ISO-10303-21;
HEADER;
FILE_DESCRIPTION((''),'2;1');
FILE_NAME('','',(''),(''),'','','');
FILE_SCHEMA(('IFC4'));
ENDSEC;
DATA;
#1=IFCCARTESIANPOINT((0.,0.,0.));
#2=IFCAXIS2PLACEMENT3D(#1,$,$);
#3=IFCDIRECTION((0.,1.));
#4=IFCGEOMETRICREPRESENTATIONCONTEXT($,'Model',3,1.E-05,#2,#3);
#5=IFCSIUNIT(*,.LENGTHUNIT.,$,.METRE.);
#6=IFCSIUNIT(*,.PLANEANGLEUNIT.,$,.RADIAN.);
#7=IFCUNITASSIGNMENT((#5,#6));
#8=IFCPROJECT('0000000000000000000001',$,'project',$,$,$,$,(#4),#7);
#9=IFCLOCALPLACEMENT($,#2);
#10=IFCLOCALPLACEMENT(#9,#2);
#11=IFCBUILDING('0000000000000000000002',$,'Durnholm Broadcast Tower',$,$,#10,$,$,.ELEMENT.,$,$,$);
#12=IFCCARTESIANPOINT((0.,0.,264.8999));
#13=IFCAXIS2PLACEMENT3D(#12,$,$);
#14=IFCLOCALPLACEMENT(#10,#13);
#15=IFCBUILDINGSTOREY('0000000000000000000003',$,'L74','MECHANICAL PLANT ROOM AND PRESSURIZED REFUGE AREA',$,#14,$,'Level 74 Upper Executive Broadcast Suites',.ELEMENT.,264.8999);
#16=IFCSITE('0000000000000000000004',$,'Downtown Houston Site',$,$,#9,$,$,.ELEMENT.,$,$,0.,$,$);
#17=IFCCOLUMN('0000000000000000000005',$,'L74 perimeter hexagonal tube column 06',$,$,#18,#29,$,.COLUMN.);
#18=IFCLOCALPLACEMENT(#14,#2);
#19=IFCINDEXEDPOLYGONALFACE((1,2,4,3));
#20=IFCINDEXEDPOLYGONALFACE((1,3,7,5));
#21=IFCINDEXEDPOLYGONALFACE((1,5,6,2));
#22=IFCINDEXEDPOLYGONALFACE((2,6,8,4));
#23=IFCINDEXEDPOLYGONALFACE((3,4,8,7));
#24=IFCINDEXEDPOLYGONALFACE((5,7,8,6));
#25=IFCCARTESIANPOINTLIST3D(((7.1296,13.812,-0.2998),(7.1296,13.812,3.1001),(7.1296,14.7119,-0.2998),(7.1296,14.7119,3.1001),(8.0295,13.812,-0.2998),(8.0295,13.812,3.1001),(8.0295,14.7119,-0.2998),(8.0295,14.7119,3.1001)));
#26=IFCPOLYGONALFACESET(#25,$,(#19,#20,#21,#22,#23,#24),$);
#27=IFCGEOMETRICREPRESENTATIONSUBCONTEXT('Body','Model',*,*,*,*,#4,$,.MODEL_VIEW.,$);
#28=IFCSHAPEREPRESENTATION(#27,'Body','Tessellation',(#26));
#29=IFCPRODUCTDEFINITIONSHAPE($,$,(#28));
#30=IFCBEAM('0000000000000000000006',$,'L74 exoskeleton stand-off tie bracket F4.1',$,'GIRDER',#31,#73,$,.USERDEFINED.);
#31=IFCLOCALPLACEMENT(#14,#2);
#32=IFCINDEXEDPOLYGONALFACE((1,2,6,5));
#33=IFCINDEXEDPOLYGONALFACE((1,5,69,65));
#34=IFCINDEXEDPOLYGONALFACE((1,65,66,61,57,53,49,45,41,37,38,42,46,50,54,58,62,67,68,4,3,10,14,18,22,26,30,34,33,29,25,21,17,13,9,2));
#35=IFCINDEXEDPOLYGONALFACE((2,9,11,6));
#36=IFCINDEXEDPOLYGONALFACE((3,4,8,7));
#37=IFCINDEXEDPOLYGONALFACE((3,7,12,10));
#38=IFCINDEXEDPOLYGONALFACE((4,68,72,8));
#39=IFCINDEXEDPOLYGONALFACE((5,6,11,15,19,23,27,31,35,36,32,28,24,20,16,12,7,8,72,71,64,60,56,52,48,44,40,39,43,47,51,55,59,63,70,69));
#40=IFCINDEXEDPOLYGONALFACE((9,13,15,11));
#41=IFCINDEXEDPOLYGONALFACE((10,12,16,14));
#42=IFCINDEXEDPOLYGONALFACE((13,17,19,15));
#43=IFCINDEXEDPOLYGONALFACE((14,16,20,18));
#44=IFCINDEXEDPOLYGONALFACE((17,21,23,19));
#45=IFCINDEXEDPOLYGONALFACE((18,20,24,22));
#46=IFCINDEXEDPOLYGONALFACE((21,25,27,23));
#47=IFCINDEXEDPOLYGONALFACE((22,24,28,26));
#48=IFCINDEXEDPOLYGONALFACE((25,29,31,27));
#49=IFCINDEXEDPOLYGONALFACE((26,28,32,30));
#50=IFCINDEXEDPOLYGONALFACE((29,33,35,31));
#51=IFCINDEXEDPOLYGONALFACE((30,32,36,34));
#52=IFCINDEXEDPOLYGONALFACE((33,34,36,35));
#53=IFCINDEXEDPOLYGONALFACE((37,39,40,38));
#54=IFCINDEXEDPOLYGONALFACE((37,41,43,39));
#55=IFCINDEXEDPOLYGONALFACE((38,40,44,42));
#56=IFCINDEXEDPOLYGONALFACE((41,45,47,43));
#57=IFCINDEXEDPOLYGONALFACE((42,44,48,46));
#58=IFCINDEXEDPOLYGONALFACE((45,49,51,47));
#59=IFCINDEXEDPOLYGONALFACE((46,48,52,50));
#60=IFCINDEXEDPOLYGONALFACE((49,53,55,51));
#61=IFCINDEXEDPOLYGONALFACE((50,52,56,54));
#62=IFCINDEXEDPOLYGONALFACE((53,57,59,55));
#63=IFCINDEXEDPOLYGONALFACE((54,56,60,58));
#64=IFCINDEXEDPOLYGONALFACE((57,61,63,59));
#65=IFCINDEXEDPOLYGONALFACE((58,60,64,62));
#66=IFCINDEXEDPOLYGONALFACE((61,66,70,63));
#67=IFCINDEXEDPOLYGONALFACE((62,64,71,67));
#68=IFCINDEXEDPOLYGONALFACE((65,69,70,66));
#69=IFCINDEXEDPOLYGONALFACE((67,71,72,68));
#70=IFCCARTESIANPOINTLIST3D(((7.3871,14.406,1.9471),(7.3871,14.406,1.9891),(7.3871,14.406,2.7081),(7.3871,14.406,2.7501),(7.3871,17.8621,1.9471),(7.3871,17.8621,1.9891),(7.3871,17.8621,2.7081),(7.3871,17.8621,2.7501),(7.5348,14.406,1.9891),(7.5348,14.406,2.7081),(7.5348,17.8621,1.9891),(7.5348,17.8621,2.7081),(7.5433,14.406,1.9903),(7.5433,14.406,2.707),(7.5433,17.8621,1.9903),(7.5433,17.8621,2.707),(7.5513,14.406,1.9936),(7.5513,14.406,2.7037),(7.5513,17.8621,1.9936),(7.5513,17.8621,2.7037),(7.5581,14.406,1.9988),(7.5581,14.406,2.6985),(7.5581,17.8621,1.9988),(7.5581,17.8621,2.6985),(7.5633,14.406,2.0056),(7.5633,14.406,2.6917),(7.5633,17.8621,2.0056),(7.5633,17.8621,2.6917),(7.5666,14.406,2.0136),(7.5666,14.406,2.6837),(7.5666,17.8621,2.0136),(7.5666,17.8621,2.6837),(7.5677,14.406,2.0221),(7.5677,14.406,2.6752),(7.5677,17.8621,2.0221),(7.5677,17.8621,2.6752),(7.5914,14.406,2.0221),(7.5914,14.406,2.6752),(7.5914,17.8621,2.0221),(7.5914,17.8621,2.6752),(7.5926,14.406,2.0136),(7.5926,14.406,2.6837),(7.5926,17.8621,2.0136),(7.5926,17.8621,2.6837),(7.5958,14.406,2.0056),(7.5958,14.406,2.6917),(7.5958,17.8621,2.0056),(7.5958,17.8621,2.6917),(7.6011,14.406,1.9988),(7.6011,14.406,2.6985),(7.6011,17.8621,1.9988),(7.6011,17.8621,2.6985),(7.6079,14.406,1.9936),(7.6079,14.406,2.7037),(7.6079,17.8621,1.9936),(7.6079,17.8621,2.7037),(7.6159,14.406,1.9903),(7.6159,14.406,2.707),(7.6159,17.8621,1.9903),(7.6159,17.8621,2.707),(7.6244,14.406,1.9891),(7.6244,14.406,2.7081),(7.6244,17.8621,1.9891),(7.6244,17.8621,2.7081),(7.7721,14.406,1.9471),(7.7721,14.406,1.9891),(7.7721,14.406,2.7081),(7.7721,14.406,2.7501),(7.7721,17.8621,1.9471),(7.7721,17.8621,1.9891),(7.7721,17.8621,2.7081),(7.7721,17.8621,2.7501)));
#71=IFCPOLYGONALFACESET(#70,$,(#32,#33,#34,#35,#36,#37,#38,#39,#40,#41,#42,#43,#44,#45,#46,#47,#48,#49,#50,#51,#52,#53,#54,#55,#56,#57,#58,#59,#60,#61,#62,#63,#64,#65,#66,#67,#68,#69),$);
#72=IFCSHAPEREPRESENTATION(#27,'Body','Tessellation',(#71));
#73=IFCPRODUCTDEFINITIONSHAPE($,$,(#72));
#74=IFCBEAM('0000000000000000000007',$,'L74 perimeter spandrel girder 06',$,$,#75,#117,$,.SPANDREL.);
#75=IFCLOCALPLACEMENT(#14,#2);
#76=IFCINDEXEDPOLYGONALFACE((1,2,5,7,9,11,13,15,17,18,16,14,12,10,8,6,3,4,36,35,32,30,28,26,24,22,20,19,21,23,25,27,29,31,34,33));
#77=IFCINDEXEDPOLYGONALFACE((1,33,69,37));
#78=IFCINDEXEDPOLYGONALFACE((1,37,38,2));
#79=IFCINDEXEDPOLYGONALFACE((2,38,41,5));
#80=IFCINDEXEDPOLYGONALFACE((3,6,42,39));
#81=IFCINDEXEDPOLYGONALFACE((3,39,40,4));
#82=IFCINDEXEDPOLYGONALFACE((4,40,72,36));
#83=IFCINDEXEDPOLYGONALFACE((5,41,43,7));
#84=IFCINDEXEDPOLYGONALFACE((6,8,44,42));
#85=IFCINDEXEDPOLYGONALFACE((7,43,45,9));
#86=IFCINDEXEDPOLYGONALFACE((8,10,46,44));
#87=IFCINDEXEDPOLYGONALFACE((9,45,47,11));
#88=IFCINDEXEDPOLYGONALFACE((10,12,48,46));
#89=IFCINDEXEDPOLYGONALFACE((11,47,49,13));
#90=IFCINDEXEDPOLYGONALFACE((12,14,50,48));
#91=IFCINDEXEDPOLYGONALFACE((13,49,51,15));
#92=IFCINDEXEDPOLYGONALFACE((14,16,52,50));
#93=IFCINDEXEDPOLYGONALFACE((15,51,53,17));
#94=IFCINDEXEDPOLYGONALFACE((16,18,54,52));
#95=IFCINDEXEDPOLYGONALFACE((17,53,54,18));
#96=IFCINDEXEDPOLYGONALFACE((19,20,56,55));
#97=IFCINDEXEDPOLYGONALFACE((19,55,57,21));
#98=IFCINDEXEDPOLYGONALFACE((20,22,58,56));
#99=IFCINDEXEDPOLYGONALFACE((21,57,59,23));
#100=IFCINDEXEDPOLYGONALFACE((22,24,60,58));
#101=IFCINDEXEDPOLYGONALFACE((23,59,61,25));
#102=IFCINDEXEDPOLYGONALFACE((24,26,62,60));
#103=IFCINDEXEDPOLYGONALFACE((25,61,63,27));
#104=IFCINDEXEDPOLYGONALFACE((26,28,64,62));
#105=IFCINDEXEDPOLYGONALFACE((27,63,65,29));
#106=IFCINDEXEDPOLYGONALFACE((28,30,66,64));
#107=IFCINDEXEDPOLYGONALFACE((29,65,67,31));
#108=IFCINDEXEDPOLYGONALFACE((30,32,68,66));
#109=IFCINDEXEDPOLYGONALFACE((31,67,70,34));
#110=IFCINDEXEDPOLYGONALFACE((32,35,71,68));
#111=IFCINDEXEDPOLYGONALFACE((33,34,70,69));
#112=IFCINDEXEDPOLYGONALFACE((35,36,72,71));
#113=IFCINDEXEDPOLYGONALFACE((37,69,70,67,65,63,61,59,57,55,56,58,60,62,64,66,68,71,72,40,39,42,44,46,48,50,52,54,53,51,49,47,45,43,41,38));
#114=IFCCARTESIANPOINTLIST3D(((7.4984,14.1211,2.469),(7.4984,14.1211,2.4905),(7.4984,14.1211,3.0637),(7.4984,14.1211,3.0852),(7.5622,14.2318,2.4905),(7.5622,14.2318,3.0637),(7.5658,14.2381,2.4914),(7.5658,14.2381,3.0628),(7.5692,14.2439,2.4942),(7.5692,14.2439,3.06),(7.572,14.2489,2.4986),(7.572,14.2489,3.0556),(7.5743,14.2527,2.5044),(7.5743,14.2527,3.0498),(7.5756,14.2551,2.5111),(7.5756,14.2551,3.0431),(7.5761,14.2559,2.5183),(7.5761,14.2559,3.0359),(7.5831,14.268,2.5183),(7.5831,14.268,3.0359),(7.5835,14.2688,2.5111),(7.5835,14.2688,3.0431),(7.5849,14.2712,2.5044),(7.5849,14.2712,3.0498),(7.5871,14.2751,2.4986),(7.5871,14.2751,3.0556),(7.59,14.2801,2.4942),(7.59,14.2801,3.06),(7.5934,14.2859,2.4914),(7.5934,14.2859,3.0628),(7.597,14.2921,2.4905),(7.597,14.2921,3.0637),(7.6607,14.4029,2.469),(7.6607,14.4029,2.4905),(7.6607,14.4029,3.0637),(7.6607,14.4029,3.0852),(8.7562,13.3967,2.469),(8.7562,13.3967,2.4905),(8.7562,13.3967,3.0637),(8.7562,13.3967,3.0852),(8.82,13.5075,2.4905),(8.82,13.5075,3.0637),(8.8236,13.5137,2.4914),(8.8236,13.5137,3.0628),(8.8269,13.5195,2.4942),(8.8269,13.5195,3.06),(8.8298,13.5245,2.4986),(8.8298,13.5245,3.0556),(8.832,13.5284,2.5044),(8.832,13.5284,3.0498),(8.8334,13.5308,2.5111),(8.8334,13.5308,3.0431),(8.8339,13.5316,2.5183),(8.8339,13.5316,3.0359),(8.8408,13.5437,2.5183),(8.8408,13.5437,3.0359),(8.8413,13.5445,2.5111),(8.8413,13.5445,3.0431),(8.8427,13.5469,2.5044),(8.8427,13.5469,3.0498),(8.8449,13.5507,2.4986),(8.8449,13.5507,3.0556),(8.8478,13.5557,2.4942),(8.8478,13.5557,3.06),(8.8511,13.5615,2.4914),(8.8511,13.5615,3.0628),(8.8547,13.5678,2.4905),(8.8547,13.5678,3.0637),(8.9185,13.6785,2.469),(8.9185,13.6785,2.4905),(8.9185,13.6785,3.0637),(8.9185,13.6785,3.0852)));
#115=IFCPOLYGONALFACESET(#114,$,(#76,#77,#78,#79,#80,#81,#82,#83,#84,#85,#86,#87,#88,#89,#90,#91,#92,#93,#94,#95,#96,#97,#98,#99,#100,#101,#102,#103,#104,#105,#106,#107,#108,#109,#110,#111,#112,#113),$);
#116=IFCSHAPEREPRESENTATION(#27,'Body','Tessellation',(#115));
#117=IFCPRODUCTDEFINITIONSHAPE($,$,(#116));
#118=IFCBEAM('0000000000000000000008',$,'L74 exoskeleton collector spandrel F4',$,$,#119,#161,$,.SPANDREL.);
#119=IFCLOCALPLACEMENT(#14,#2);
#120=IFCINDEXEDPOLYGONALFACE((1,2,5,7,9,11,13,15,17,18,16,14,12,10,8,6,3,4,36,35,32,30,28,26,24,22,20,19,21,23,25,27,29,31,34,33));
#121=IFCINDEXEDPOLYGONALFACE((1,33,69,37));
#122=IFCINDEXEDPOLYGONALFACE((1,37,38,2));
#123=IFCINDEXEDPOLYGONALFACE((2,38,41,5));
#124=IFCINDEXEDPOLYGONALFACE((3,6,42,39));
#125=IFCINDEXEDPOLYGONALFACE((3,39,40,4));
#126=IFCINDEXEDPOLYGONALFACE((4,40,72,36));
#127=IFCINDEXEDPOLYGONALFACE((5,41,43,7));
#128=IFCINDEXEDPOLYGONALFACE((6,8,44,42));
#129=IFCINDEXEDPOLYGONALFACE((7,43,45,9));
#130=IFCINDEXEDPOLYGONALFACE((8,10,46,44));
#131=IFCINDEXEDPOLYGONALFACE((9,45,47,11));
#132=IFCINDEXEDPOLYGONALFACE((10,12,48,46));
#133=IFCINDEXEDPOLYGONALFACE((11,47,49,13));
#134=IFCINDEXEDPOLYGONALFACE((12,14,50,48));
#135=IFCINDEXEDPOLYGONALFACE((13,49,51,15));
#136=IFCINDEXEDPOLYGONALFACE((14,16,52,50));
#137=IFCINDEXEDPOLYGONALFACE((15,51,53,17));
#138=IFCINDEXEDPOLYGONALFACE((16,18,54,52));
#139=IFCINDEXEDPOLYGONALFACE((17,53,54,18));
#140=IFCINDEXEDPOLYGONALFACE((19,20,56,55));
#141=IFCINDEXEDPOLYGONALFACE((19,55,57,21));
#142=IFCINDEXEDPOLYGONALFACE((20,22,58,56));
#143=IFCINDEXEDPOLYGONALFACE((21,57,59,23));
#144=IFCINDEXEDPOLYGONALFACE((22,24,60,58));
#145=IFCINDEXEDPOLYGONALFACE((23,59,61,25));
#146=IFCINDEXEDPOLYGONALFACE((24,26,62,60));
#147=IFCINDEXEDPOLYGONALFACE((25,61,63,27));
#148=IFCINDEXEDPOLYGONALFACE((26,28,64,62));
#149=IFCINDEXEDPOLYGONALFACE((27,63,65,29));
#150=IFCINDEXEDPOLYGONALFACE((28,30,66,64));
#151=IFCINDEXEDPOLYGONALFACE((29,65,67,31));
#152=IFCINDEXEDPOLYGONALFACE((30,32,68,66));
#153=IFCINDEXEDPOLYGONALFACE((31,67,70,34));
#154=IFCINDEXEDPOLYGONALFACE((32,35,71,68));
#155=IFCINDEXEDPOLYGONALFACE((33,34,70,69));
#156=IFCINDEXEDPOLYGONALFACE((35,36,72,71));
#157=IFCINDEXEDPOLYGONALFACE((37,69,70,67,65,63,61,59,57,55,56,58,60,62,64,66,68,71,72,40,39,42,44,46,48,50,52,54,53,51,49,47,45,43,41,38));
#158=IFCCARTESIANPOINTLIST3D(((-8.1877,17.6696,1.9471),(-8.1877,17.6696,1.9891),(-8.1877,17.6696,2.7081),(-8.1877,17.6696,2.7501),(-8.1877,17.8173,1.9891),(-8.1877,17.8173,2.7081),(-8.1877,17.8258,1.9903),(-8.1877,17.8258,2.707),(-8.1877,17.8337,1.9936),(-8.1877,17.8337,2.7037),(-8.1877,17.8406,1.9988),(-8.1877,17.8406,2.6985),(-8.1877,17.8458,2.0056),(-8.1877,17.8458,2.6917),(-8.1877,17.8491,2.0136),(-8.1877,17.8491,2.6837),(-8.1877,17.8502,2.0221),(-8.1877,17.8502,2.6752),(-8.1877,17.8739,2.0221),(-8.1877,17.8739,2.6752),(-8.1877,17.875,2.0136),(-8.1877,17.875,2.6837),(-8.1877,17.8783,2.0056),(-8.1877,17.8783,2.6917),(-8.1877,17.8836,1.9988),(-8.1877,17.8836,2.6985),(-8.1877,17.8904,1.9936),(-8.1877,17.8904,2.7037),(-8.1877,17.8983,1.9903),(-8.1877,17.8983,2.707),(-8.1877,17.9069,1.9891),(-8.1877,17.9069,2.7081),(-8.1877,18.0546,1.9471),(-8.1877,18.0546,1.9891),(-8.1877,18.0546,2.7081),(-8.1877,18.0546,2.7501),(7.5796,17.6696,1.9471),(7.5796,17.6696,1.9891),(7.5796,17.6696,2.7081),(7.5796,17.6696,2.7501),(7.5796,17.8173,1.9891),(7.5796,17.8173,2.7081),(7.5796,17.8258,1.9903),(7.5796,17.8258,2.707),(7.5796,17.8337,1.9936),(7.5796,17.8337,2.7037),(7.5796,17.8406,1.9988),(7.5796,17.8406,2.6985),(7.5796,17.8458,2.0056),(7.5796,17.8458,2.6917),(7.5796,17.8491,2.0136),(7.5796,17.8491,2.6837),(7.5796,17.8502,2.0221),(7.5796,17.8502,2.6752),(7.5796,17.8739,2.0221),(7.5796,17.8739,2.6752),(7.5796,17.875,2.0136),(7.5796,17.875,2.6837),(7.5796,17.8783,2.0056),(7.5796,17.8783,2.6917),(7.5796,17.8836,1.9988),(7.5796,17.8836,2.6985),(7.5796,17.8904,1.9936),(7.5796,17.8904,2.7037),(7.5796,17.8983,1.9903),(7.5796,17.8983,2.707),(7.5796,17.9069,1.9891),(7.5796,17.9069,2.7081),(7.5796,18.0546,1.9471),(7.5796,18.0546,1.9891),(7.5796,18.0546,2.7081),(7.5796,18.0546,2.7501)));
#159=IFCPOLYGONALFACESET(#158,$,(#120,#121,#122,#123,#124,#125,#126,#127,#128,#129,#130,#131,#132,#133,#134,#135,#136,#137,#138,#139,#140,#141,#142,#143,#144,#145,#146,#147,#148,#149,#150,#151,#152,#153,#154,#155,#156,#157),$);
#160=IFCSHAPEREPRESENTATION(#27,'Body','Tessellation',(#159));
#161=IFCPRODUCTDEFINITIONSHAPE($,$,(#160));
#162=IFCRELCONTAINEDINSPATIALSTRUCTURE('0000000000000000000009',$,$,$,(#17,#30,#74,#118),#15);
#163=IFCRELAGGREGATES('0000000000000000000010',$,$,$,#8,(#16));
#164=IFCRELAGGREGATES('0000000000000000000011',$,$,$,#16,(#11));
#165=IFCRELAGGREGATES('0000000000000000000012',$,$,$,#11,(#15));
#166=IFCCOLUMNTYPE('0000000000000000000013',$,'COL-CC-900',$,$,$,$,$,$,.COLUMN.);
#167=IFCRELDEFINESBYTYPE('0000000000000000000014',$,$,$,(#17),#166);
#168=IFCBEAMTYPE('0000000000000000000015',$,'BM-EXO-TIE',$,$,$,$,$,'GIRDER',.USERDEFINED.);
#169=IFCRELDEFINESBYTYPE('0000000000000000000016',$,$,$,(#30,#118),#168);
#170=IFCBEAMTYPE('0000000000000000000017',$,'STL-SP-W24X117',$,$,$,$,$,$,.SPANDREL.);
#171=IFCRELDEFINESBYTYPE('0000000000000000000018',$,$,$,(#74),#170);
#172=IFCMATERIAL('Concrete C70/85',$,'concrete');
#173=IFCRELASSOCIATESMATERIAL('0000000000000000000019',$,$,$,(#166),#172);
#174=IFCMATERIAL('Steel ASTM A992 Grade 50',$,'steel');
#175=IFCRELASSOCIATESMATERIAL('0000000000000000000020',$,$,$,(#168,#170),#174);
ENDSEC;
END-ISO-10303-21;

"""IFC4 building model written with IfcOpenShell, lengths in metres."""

from ifc_helpers import new_model, si_unit, direction, frame, origin, origin_2d, place, context, subcontext, project, spatial, rectangle, i_section, extrude, source, transform, mapped, material, material_profile, profile_set, type_object, type_shapes, element, save


model = new_model("IFC4")

# Units and contexts
model_context = context("Model", 3, precision=1e-05, world=origin(), true_north=direction((0.0, 1.0)))
body_context = subcontext(model_context, "Body", "Model", "MODEL_VIEW")
ifc_project = project(units=[si_unit("LENGTHUNIT", "METRE"), si_unit("PLANEANGLEUNIT", "RADIAN")], contexts=[model_context])

# Site, building, storey
site_placement = place(None, origin())
site = spatial("IfcSite", under=ifc_project, at=site_placement, Name="Downtown Houston Site", CompositionType="ELEMENT", RefElevation=0.0)
building_placement = place(site_placement, origin())
building = spatial("IfcBuilding", under=site, at=building_placement, Name="Durnholm Broadcast Tower", CompositionType="ELEMENT")
storey_placement = place(building_placement, frame((0.0, 0.0, 264.8999)))
storey = spatial("IfcBuildingStorey", under=building, at=storey_placement, Name="L74", Description="MECHANICAL PLANT ROOM AND PRESSURIZED REFUGE AREA", LongName="Level 74 Upper Executive Broadcast Suites", CompositionType="ELEMENT", Elevation=264.8999)

# Column
ifc_material_1 = material(Name="Concrete C70/85", Category="concrete")
ifc_material_profile_1 = material_profile(ifc_material_1, rectangle(XDim=0.8999, YDim=0.8999, at=origin_2d()), Name="RC900X900")
ifc_profile_set_1 = profile_set([ifc_material_profile_1], Name="Concrete C70/85")
column_type = type_object("IfcColumnType", Name="COL-CC-900", PredefinedType="COLUMN", material=ifc_profile_set_1)
shared_shape_1 = source(origin(), body_context, "Body", "SweptSolid", [
    extrude(rectangle(XDim=0.8999, YDim=0.8999, at=origin_2d()), origin(), (0.0, 0.0, 1.0), 3.3999),
])
type_shapes(column_type, [shared_shape_1])
column_placement = place(storey_placement, frame((7.5796, 14.262, -0.2998), z_axis=(0.0, 0.0, 1.0), x_axis=(1.0, 0.0, 0.0)))
element("IfcColumn", 1, at=column_placement, inside=storey, type_object=column_type, Name="L74 perimeter hexagonal tube column 06", PredefinedType="COLUMN", context=body_context, shape_type="MappedRepresentation", body=[
    mapped(shared_shape_1, transform((0.0, 0.0, 0.0), x_axis=(1.0, 0.0, 0.0), y_axis=(0.0, 1.0, 0.0), z_axis=(0.0, 0.0, 1.0), scale=1.0)),
])

# Beams
ifc_material_2 = material(Name="Steel ASTM A992 Grade 50", Category="steel")
ifc_material_profile_2 = material_profile(ifc_material_2, i_section(OverallWidth=0.385, OverallDepth=0.803, WebThickness=0.0237, FlangeThickness=0.042, FilletRadius=0.033, at=origin_2d()), Name="W30X261")
ifc_profile_set_2 = profile_set([ifc_material_profile_2], Name="Steel ASTM A992 Grade 50")
beam_type_1 = type_object("IfcBeamType", Name="BM-EXO-TIE", ElementType="GIRDER", PredefinedType="USERDEFINED", material=ifc_profile_set_2)
shared_shape_2 = source(origin(), body_context, "Body", "SweptSolid", [
    extrude(i_section(OverallWidth=0.385, OverallDepth=0.803, WebThickness=0.0237, FlangeThickness=0.042, FilletRadius=0.033, at=origin_2d()), origin(), (0.0, 0.0, 1.0), 3.4561),
])
beam_1_placement = place(storey_placement, frame((7.5796, 14.406, 2.3486), z_axis=(0.0, 1.0, 0.0), x_axis=(-1.0, 0.0, 0.0)))
element("IfcBeam", 2, at=beam_1_placement, inside=storey, type_object=beam_type_1, Name="L74 exoskeleton stand-off tie bracket F4.1", ObjectType="GIRDER", PredefinedType="USERDEFINED", context=body_context, shape_type="MappedRepresentation", body=[
    mapped(shared_shape_2, transform((0.0, 0.0, 0.0), x_axis=(1.0, 0.0, 0.0), y_axis=(0.0, 1.0, 0.0), z_axis=(0.0, 0.0, 1.0), scale=1.0)),
])
ifc_material_profile_3 = material_profile(ifc_material_2, i_section(OverallWidth=0.3252, OverallDepth=0.6162, WebThickness=0.0139, FlangeThickness=0.0215, FilletRadius=0.0278, at=origin_2d()), Name="W24X117")
ifc_profile_set_3 = profile_set([ifc_material_profile_3], Name="Steel ASTM A992 Grade 50")
beam_type_2 = type_object("IfcBeamType", Name="STL-SP-W24X117", PredefinedType="SPANDREL", material=ifc_profile_set_3)
shared_shape_3 = source(origin(), body_context, "Body", "SweptSolid", [
    extrude(i_section(OverallWidth=0.3252, OverallDepth=0.6162, WebThickness=0.0139, FlangeThickness=0.0215, FilletRadius=0.0278, at=origin_2d()), origin(), (0.0, 0.0, 1.0), 1.4514),
])
type_shapes(beam_type_2, [shared_shape_3])
beam_2_placement = place(storey_placement, frame((7.5796, 14.262, 2.7771), z_axis=(0.866572, -0.499052, 0.0), x_axis=(0.499052, 0.866572, 0.0)))
element("IfcBeam", 3, at=beam_2_placement, inside=storey, type_object=beam_type_2, Name="L74 perimeter spandrel girder 06", PredefinedType="SPANDREL", context=body_context, shape_type="MappedRepresentation", body=[
    mapped(shared_shape_3, transform((0.0, 0.0, 0.0), x_axis=(1.0, 0.0, 0.0), y_axis=(0.0, 1.0, 0.0), z_axis=(0.0, 0.0, 1.0), scale=1.0)),
])
shared_shape_4 = source(origin(), body_context, "Body", "SweptSolid", [
    extrude(i_section(OverallWidth=0.385, OverallDepth=0.803, WebThickness=0.0237, FlangeThickness=0.042, FilletRadius=0.033, at=origin_2d()), origin(), (0.0, 0.0, 1.0), 15.7673),
])
type_shapes(beam_type_1, [shared_shape_2, shared_shape_4])
beam_3_placement = place(storey_placement, frame((7.5796, 17.8621, 2.3486), z_axis=(-1.0, 0.0, 0.0), x_axis=(0.0, -1.0, 0.0)))
element("IfcBeam", 4, at=beam_3_placement, inside=storey, type_object=beam_type_1, Name="L74 exoskeleton collector spandrel F4", PredefinedType="SPANDREL", context=body_context, shape_type="MappedRepresentation", body=[
    mapped(shared_shape_4, transform((0.0, 0.0, 0.0), x_axis=(1.0, 0.0, 0.0), y_axis=(0.0, 1.0, 0.0), z_axis=(0.0, 0.0, 1.0), scale=1.0)),
])

save(model, "model.ifc")
